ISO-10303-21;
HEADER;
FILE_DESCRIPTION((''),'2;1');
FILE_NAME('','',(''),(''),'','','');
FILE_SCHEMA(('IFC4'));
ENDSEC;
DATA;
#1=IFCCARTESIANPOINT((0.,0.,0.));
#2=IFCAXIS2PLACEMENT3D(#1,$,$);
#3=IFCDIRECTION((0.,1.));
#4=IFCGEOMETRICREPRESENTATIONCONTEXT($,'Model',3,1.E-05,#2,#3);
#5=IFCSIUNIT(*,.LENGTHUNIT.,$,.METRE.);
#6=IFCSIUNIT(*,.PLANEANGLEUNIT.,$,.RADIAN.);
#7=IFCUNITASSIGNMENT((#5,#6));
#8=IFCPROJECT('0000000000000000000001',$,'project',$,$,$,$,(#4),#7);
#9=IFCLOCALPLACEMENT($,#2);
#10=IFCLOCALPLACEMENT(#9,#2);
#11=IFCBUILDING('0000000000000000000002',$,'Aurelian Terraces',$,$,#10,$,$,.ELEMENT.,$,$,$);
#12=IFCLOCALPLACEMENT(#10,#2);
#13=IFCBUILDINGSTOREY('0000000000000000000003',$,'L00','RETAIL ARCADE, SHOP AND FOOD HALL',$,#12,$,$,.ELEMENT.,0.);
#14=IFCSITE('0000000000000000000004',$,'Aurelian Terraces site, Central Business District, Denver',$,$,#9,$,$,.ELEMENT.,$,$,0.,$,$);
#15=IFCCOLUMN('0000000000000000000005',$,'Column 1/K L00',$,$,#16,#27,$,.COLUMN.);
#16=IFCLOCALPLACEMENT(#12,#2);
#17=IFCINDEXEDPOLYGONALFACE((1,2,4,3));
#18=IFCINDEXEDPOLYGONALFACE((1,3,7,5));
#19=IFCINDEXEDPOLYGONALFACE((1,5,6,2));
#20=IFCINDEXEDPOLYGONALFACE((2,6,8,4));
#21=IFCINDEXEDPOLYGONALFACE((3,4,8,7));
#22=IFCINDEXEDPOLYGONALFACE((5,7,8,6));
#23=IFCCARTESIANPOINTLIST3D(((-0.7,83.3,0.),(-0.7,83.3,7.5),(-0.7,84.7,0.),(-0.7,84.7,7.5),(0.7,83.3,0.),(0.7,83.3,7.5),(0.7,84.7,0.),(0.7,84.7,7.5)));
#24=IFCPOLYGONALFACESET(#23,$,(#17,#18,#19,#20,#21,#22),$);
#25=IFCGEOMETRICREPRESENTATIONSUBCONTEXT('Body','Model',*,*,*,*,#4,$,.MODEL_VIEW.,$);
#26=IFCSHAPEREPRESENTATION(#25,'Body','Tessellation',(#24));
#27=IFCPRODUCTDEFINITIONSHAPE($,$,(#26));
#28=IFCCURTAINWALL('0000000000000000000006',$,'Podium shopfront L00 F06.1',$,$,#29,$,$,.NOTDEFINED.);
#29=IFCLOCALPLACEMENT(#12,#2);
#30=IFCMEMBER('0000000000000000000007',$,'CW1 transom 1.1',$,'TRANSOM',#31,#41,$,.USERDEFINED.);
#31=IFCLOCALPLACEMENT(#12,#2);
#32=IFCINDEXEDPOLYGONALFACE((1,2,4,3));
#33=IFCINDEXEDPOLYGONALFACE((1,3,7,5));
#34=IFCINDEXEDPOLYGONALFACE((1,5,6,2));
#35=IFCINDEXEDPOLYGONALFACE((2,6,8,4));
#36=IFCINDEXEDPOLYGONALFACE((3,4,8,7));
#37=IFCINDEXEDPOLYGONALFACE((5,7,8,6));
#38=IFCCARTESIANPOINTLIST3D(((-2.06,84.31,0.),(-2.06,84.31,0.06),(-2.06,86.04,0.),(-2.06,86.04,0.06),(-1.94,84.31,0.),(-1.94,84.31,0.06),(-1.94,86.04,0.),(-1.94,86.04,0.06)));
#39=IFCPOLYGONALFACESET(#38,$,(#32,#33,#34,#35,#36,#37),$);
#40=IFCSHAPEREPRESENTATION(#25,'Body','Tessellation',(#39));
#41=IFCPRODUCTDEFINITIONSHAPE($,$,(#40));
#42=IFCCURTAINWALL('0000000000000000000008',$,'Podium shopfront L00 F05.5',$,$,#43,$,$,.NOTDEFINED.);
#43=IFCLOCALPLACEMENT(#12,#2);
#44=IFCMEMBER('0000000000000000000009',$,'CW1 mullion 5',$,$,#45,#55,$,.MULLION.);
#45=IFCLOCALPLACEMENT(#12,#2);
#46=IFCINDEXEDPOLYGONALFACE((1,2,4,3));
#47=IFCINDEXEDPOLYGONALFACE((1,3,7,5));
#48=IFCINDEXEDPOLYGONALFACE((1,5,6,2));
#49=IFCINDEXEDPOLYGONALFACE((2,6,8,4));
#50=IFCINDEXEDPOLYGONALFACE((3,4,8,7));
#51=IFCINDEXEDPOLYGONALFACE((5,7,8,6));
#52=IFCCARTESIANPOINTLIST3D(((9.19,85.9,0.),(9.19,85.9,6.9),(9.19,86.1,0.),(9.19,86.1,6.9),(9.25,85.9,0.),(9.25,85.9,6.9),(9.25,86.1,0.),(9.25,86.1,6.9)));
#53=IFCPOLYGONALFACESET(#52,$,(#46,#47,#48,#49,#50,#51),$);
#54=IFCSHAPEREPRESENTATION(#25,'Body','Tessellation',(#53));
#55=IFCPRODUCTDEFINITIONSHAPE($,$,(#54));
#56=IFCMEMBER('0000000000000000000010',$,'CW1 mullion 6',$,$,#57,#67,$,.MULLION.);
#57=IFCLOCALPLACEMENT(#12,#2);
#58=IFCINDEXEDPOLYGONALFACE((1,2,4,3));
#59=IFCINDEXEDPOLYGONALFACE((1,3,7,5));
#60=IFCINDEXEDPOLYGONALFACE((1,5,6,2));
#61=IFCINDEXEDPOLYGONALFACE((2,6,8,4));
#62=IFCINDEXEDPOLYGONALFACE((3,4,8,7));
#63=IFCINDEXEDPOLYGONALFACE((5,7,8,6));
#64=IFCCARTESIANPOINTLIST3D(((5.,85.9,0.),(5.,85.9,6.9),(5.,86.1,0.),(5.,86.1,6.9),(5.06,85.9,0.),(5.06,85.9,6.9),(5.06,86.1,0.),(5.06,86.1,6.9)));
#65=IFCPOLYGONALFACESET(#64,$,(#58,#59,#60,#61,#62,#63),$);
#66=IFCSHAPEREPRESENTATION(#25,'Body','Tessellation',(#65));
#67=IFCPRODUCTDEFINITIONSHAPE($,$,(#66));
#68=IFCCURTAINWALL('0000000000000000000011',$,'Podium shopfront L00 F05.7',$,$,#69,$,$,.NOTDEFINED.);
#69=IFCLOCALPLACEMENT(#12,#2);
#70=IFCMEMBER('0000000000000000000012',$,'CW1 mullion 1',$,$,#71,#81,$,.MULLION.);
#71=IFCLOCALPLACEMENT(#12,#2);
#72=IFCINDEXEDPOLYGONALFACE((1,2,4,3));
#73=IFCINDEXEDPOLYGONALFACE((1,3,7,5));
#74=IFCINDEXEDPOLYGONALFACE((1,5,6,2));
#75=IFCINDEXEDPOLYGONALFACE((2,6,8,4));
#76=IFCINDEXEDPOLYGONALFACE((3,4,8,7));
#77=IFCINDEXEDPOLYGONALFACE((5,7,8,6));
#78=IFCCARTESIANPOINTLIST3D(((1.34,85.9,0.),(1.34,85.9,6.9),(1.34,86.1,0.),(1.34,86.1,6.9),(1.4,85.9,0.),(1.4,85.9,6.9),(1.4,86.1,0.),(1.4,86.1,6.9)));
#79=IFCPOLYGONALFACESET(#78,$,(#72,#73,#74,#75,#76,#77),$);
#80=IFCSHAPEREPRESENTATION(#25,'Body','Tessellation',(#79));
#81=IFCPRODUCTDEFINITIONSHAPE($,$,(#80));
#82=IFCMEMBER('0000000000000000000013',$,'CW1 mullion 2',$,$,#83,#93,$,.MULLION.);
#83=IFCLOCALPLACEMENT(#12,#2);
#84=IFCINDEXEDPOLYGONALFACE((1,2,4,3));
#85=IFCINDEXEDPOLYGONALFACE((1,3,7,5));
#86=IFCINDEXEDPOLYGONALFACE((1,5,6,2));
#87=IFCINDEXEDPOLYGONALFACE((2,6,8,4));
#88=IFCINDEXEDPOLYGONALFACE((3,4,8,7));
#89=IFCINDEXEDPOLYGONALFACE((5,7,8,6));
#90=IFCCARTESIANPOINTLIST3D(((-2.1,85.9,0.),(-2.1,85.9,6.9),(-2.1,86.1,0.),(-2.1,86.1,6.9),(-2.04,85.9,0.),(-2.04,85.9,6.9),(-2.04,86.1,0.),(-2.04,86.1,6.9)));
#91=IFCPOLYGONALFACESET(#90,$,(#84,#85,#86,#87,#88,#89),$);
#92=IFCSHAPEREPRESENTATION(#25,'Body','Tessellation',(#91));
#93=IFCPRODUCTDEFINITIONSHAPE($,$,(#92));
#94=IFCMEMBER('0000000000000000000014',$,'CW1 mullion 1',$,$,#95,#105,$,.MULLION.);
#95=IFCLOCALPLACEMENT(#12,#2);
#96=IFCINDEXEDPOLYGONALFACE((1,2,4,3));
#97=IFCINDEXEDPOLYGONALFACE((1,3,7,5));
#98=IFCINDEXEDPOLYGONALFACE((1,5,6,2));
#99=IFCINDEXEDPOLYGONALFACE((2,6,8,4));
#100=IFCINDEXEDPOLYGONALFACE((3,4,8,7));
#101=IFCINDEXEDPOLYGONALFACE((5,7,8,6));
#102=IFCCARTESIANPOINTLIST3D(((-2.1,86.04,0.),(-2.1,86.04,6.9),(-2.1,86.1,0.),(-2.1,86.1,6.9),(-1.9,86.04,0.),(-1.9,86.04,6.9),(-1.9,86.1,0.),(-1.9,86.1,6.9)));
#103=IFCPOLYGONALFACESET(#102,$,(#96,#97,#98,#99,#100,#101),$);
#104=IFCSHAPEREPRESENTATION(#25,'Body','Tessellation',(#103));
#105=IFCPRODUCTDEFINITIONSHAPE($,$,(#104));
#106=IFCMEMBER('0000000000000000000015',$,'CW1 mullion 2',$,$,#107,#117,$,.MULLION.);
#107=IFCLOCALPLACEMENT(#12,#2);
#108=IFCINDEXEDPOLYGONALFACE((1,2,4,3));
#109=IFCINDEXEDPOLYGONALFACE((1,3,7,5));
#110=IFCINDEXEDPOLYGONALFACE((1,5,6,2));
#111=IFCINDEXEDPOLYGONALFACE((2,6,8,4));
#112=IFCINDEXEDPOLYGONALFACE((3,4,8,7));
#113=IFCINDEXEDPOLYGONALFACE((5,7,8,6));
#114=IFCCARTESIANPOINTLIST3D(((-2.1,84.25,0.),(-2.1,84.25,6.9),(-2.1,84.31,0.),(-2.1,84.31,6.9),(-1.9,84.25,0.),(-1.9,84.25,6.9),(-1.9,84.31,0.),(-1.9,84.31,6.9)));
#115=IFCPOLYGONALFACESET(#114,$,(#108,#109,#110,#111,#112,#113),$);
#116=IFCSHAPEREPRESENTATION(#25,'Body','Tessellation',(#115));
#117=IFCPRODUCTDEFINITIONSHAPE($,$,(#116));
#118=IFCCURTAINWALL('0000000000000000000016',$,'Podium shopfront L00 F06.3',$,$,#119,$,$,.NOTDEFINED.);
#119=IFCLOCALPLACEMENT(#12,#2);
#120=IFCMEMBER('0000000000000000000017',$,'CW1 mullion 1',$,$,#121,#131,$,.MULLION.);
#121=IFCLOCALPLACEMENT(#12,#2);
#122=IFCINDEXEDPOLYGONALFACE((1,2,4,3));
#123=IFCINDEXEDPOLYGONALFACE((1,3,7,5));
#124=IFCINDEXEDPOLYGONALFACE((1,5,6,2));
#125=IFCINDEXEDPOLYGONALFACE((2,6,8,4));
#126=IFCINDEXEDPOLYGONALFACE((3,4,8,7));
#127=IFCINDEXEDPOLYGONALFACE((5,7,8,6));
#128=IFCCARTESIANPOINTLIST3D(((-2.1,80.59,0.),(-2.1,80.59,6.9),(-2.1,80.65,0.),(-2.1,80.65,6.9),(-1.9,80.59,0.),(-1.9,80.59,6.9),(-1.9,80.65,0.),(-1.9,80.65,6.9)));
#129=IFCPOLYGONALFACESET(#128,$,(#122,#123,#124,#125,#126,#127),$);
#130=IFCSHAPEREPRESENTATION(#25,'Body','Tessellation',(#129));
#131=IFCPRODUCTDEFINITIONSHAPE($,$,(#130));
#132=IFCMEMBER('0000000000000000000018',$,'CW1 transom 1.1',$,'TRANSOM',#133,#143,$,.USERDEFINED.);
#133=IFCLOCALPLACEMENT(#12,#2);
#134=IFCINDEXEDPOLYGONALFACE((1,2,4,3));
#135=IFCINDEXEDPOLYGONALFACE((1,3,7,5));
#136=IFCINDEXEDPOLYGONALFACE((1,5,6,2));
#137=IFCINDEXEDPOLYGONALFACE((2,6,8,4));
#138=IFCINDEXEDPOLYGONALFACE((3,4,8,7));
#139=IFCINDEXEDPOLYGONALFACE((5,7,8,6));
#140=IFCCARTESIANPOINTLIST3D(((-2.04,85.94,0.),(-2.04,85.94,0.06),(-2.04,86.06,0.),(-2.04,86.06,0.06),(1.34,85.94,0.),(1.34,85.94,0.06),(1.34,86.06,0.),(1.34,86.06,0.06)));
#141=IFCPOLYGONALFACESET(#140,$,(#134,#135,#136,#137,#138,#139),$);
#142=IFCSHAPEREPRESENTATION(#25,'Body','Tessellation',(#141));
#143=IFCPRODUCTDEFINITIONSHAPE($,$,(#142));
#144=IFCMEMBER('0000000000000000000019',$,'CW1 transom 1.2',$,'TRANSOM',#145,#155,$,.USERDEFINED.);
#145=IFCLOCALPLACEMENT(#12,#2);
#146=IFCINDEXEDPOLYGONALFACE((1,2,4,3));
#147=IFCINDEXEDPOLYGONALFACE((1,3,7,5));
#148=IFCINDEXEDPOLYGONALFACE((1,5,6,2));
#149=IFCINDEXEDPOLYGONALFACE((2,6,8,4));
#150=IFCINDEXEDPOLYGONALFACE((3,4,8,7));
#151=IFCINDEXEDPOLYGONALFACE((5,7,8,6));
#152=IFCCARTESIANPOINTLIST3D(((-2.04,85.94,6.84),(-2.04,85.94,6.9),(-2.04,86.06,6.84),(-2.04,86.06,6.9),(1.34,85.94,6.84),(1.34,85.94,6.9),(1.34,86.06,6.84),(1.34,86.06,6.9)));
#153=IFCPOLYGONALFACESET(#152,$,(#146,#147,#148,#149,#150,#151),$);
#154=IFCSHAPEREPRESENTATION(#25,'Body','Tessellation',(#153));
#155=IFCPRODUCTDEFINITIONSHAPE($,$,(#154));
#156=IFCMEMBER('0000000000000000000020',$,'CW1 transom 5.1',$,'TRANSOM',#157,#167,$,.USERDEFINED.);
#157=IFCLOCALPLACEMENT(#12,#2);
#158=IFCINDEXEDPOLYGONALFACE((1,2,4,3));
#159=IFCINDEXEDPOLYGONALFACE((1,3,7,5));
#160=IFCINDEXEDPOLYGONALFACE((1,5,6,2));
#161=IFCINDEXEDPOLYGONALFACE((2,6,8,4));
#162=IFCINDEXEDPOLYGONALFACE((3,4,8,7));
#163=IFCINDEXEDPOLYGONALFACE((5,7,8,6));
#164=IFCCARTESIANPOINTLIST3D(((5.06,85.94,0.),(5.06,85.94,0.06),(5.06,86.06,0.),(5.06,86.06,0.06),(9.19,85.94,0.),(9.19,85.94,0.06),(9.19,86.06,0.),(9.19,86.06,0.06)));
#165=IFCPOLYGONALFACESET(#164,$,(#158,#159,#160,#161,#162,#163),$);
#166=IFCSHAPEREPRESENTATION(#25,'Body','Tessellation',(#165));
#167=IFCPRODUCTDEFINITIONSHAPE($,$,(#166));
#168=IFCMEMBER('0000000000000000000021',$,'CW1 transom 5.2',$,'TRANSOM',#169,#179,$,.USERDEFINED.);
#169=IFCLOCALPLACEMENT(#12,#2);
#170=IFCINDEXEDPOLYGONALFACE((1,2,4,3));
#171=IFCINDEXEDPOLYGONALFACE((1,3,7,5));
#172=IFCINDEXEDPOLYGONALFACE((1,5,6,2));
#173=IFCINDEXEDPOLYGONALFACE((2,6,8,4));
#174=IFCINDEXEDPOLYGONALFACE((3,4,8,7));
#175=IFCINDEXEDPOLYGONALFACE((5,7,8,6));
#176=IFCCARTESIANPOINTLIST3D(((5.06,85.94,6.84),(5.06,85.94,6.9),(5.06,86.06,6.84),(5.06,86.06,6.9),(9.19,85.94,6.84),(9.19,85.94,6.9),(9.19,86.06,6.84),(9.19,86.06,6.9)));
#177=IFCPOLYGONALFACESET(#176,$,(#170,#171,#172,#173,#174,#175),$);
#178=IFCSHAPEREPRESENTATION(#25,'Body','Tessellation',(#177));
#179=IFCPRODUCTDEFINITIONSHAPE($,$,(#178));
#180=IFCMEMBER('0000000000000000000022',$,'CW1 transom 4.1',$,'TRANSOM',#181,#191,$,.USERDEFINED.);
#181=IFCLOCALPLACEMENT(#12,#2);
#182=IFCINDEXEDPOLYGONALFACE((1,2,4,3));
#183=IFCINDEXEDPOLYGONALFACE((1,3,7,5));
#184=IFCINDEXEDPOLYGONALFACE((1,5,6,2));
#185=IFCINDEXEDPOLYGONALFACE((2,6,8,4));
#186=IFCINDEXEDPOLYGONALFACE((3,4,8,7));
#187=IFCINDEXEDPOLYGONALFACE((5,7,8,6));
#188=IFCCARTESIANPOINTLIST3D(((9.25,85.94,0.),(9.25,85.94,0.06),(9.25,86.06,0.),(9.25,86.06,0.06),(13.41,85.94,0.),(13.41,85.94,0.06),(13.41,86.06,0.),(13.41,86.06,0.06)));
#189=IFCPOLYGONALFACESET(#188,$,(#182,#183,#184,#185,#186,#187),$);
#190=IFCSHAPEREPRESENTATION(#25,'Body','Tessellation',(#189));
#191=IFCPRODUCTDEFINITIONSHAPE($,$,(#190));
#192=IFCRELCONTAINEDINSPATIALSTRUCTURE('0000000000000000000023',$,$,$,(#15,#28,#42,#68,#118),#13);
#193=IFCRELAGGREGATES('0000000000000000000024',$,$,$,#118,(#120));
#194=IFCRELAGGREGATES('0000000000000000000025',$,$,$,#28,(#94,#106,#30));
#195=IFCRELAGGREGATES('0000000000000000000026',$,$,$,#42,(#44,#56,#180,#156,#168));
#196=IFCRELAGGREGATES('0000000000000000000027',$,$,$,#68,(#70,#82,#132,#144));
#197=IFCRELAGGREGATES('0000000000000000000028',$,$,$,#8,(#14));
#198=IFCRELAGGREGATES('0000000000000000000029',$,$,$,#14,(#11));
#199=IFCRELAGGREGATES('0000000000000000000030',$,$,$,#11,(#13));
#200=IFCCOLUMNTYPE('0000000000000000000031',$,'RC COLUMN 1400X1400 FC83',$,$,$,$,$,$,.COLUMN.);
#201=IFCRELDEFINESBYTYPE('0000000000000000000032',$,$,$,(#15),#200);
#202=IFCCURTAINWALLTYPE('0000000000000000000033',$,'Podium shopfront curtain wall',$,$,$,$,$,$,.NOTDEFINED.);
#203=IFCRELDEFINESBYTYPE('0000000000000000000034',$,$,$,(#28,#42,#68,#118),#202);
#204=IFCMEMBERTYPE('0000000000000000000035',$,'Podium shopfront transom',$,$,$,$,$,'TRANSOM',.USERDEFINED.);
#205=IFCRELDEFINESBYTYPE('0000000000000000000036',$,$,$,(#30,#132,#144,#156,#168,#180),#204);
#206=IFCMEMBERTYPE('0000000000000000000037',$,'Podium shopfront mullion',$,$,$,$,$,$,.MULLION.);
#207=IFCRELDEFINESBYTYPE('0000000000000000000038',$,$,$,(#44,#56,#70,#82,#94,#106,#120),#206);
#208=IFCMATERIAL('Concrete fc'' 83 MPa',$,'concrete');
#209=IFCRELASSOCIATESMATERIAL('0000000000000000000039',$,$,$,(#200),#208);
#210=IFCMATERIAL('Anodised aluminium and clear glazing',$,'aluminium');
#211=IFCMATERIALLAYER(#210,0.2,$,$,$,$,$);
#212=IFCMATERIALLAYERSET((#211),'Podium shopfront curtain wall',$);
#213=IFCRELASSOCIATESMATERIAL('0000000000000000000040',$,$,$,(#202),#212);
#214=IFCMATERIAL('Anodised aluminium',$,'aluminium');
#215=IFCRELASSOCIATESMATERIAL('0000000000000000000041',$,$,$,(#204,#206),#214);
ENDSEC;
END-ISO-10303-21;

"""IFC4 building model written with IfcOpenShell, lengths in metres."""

from ifc_helpers import new_model, si_unit, direction, frame, origin, origin_2d, place, context, subcontext, project, spatial, rectangle, extrude, source, transform, mapped, material, layer, layer_set, material_profile, profile_set, type_object, element, aggregate, save


model = new_model("IFC4")

# Units and contexts
model_context = context("Model", 3, precision=1e-05, world=origin(), true_north=direction((0.0, 1.0)))
body_context = subcontext(model_context, "Body", "Model", "MODEL_VIEW")
ifc_project = project(units=[si_unit("LENGTHUNIT", "METRE"), si_unit("PLANEANGLEUNIT", "RADIAN")], contexts=[model_context])

# Site, building, storey
site_placement = place(None, origin())
site = spatial("IfcSite", under=ifc_project, at=site_placement, Name="Aurelian Terraces site, Central Business District, Denver", CompositionType="ELEMENT", RefElevation=0.0)
building_placement = place(site_placement, origin())
building = spatial("IfcBuilding", under=site, at=building_placement, Name="Aurelian Terraces", CompositionType="ELEMENT")
storey_placement = place(building_placement, origin())
storey = spatial("IfcBuildingStorey", under=building, at=storey_placement, Name="L00", Description="RETAIL ARCADE, SHOP AND FOOD HALL", CompositionType="ELEMENT", Elevation=0.0)

# Column
ifc_material_1 = material(Name="Concrete fc' 83 MPa", Category="concrete")
ifc_material_profile_1 = material_profile(ifc_material_1, rectangle(XDim=1.4, YDim=1.4, at=origin_2d()))
ifc_profile_set_1 = profile_set([ifc_material_profile_1], Name="Concrete fc' 83 MPa")
column_type = type_object("IfcColumnType", Name="RC COLUMN 1400X1400 FC83", PredefinedType="COLUMN", material=ifc_profile_set_1)
shared_shape_1 = source(origin(), body_context, "Body", "SweptSolid", [
    extrude(rectangle(XDim=1.4, YDim=1.4, at=origin_2d()), origin(), (0.0, 0.0, 1.0), 7.5),
])
column_placement = place(storey_placement, frame((0.0, 84.0, 0.0), z_axis=(0.0, 0.0, 1.0), x_axis=(1.0, 0.0, 0.0)))
element("IfcColumn", 1, at=column_placement, inside=storey, type_object=column_type, Name="Column 1/K L00", PredefinedType="COLUMN", context=body_context, shape_type="MappedRepresentation", body=[
    mapped(shared_shape_1, transform((0.0, 0.0, 0.0), scale=1.0)),
])

# Curtain wall, member
ifc_material_2 = material(Name="Anodised aluminium and clear glazing", Category="aluminium")
ifc_layer_1 = layer(ifc_material_2, 0.2)
ifc_layer_set_1 = layer_set([ifc_layer_1], Name="Podium shopfront curtain wall")
curtain_wall_type = type_object("IfcCurtainWallType", Name="Podium shopfront curtain wall", PredefinedType="NOTDEFINED", material=ifc_layer_set_1)
curtain_wall_1_placement = place(storey_placement, origin())
curtain_wall_1 = element("IfcCurtainWall", 2, at=curtain_wall_1_placement, inside=storey, type_object=curtain_wall_type, Name="Podium shopfront L00 F06.1", PredefinedType="NOTDEFINED")
ifc_material_3 = material(Name="Anodised aluminium", Category="aluminium")
ifc_material_profile_2 = material_profile(ifc_material_3, rectangle(XDim=0.12, YDim=0.06, at=origin_2d()))
ifc_profile_set_2 = profile_set([ifc_material_profile_2], Name="Anodised aluminium")
member_type_1 = type_object("IfcMemberType", Name="Podium shopfront transom", ElementType="TRANSOM", PredefinedType="USERDEFINED", material=ifc_profile_set_2)
member_1_placement = place(storey_placement, frame((-2.0, 86.04, 0.03), z_axis=(0.0, -1.0, 0.0), x_axis=(1.0, 0.0, 0.0)))
member_1 = element("IfcMember", 3, at=member_1_placement, type_object=member_type_1, Name="CW1 transom 1.1", ObjectType="TRANSOM", PredefinedType="USERDEFINED", context=body_context, shape_type="SweptSolid", body=[
    extrude(rectangle(XDim=0.12, YDim=0.06, at=origin_2d()), origin(), (0.0, 0.0, 1.0), 1.73),
])

# Curtain walls, members
curtain_wall_2_placement = place(storey_placement, origin())
curtain_wall_2 = element("IfcCurtainWall", 4, at=curtain_wall_2_placement, inside=storey, type_object=curtain_wall_type, Name="Podium shopfront L00 F05.5", PredefinedType="NOTDEFINED")
ifc_material_profile_3 = material_profile(ifc_material_3, rectangle(XDim=0.2, YDim=0.06, at=origin_2d()))
ifc_profile_set_3 = profile_set([ifc_material_profile_3], Name="Anodised aluminium")
member_type_2 = type_object("IfcMemberType", Name="Podium shopfront mullion", PredefinedType="MULLION", material=ifc_profile_set_3)
shared_shape_2 = source(origin(), body_context, "Body", "SweptSolid", [
    extrude(rectangle(XDim=0.2, YDim=0.06, at=origin_2d()), origin(), (0.0, 0.0, 1.0), 6.9),
])
member_2_placement = place(storey_placement, frame((9.22, 86.0, 0.0), z_axis=(0.0, 0.0, 1.0), x_axis=(0.0, -1.0, 0.0)))
member_2 = element("IfcMember", 5, at=member_2_placement, type_object=member_type_2, Name="CW1 mullion 5", PredefinedType="MULLION", context=body_context, shape_type="MappedRepresentation", body=[
    mapped(shared_shape_2, transform((0.0, 0.0, 0.0), scale=1.0)),
])
member_3_placement = place(storey_placement, frame((5.03, 86.0, 0.0), z_axis=(0.0, 0.0, 1.0), x_axis=(0.0, -1.0, 0.0)))
member_3 = element("IfcMember", 6, at=member_3_placement, type_object=member_type_2, Name="CW1 mullion 6", PredefinedType="MULLION", context=body_context, shape_type="MappedRepresentation", body=[
    mapped(shared_shape_2, transform((0.0, 0.0, 0.0), scale=1.0)),
])
curtain_wall_3_placement = place(storey_placement, origin())
curtain_wall_3 = element("IfcCurtainWall", 7, at=curtain_wall_3_placement, inside=storey, type_object=curtain_wall_type, Name="Podium shopfront L00 F05.7", PredefinedType="NOTDEFINED")
member_4_placement = place(storey_placement, frame((1.37, 86.0, 0.0), z_axis=(0.0, 0.0, 1.0), x_axis=(0.0, -1.0, 0.0)))
member_4 = element("IfcMember", 8, at=member_4_placement, type_object=member_type_2, Name="CW1 mullion 1", PredefinedType="MULLION", context=body_context, shape_type="MappedRepresentation", body=[
    mapped(shared_shape_2, transform((0.0, 0.0, 0.0), scale=1.0)),
])
member_5_placement = place(storey_placement, frame((-2.07, 86.0, 0.0), z_axis=(0.0, 0.0, 1.0), x_axis=(0.0, -1.0, 0.0)))
member_5 = element("IfcMember", 9, at=member_5_placement, type_object=member_type_2, Name="CW1 mullion 2", PredefinedType="MULLION", context=body_context, shape_type="MappedRepresentation", body=[
    mapped(shared_shape_2, transform((0.0, 0.0, 0.0), scale=1.0)),
])

# Members
member_6_placement = place(storey_placement, frame((-2.0, 86.07, 0.0), z_axis=(0.0, 0.0, 1.0), x_axis=(1.0, 0.0, 0.0)))
member_6 = element("IfcMember", 10, at=member_6_placement, type_object=member_type_2, Name="CW1 mullion 1", PredefinedType="MULLION", context=body_context, shape_type="MappedRepresentation", body=[
    mapped(shared_shape_2, transform((0.0, 0.0, 0.0), scale=1.0)),
])
member_7_placement = place(storey_placement, frame((-2.0, 84.28, 0.0), z_axis=(0.0, 0.0, 1.0), x_axis=(1.0, 0.0, 0.0)))
member_7 = element("IfcMember", 11, at=member_7_placement, type_object=member_type_2, Name="CW1 mullion 2", PredefinedType="MULLION", context=body_context, shape_type="MappedRepresentation", body=[
    mapped(shared_shape_2, transform((0.0, 0.0, 0.0), scale=1.0)),
])

# Curtain wall, member
curtain_wall_4_placement = place(storey_placement, origin())
curtain_wall_4 = element("IfcCurtainWall", 12, at=curtain_wall_4_placement, inside=storey, type_object=curtain_wall_type, Name="Podium shopfront L00 F06.3", PredefinedType="NOTDEFINED")
member_8_placement = place(storey_placement, frame((-2.0, 80.62, 0.0), z_axis=(0.0, 0.0, 1.0), x_axis=(1.0, 0.0, 0.0)))
member_8 = element("IfcMember", 13, at=member_8_placement, type_object=member_type_2, Name="CW1 mullion 1", PredefinedType="MULLION", context=body_context, shape_type="MappedRepresentation", body=[
    mapped(shared_shape_2, transform((0.0, 0.0, 0.0), scale=1.0)),
])

# Members
shared_shape_3 = source(origin(), body_context, "Body", "SweptSolid", [
    extrude(rectangle(XDim=0.12, YDim=0.06, at=origin_2d()), origin(), (0.0, 0.0, 1.0), 3.38),
])
member_9_placement = place(storey_placement, frame((1.34, 86.0, 0.03), z_axis=(-1.0, 0.0, 0.0), x_axis=(0.0, -1.0, 0.0)))
member_9 = element("IfcMember", 14, at=member_9_placement, type_object=member_type_1, Name="CW1 transom 1.1", ObjectType="TRANSOM", PredefinedType="USERDEFINED", context=body_context, shape_type="MappedRepresentation", body=[
    mapped(shared_shape_3, transform((0.0, 0.0, 0.0), scale=1.0)),
])
member_10_placement = place(storey_placement, frame((1.34, 86.0, 6.87), z_axis=(-1.0, 0.0, 0.0), x_axis=(0.0, -1.0, 0.0)))
member_10 = element("IfcMember", 15, at=member_10_placement, type_object=member_type_1, Name="CW1 transom 1.2", ObjectType="TRANSOM", PredefinedType="USERDEFINED", context=body_context, shape_type="MappedRepresentation", body=[
    mapped(shared_shape_3, transform((0.0, 0.0, 0.0), scale=1.0)),
])
shared_shape_4 = source(origin(), body_context, "Body", "SweptSolid", [
    extrude(rectangle(XDim=0.12, YDim=0.06, at=origin_2d()), origin(), (0.0, 0.0, 1.0), 4.13),
])
member_11_placement = place(storey_placement, frame((9.19, 86.0, 0.03), z_axis=(-1.0, 0.0, 0.0), x_axis=(0.0, -1.0, 0.0)))
member_11 = element("IfcMember", 16, at=member_11_placement, type_object=member_type_1, Name="CW1 transom 5.1", ObjectType="TRANSOM", PredefinedType="USERDEFINED", context=body_context, shape_type="MappedRepresentation", body=[
    mapped(shared_shape_4, transform((0.0, 0.0, 0.0), scale=1.0)),
])
member_12_placement = place(storey_placement, frame((9.19, 86.0, 6.87), z_axis=(-1.0, 0.0, 0.0), x_axis=(0.0, -1.0, 0.0)))
member_12 = element("IfcMember", 17, at=member_12_placement, type_object=member_type_1, Name="CW1 transom 5.2", ObjectType="TRANSOM", PredefinedType="USERDEFINED", context=body_context, shape_type="MappedRepresentation", body=[
    mapped(shared_shape_4, transform((0.0, 0.0, 0.0), scale=1.0)),
])
shared_shape_5 = source(origin(), body_context, "Body", "SweptSolid", [
    extrude(rectangle(XDim=0.12, YDim=0.06, at=origin_2d()), origin(), (0.0, 0.0, 1.0), 4.16),
])
member_13_placement = place(storey_placement, frame((13.41, 86.0, 0.03), z_axis=(-1.0, 0.0, 0.0), x_axis=(0.0, -1.0, 0.0)))
member_13 = element("IfcMember", 18, at=member_13_placement, type_object=member_type_1, Name="CW1 transom 4.1", ObjectType="TRANSOM", PredefinedType="USERDEFINED", context=body_context, shape_type="MappedRepresentation", body=[
    mapped(shared_shape_5, transform((0.0, 0.0, 0.0), scale=1.0)),
])
aggregate(curtain_wall_4, [member_8])

aggregate(curtain_wall_1, [member_6, member_7, member_1])
aggregate(curtain_wall_2, [member_2, member_3, member_13, member_11, member_12])
aggregate(curtain_wall_3, [member_4, member_5, member_9, member_10])

save(model, "model.ifc")
